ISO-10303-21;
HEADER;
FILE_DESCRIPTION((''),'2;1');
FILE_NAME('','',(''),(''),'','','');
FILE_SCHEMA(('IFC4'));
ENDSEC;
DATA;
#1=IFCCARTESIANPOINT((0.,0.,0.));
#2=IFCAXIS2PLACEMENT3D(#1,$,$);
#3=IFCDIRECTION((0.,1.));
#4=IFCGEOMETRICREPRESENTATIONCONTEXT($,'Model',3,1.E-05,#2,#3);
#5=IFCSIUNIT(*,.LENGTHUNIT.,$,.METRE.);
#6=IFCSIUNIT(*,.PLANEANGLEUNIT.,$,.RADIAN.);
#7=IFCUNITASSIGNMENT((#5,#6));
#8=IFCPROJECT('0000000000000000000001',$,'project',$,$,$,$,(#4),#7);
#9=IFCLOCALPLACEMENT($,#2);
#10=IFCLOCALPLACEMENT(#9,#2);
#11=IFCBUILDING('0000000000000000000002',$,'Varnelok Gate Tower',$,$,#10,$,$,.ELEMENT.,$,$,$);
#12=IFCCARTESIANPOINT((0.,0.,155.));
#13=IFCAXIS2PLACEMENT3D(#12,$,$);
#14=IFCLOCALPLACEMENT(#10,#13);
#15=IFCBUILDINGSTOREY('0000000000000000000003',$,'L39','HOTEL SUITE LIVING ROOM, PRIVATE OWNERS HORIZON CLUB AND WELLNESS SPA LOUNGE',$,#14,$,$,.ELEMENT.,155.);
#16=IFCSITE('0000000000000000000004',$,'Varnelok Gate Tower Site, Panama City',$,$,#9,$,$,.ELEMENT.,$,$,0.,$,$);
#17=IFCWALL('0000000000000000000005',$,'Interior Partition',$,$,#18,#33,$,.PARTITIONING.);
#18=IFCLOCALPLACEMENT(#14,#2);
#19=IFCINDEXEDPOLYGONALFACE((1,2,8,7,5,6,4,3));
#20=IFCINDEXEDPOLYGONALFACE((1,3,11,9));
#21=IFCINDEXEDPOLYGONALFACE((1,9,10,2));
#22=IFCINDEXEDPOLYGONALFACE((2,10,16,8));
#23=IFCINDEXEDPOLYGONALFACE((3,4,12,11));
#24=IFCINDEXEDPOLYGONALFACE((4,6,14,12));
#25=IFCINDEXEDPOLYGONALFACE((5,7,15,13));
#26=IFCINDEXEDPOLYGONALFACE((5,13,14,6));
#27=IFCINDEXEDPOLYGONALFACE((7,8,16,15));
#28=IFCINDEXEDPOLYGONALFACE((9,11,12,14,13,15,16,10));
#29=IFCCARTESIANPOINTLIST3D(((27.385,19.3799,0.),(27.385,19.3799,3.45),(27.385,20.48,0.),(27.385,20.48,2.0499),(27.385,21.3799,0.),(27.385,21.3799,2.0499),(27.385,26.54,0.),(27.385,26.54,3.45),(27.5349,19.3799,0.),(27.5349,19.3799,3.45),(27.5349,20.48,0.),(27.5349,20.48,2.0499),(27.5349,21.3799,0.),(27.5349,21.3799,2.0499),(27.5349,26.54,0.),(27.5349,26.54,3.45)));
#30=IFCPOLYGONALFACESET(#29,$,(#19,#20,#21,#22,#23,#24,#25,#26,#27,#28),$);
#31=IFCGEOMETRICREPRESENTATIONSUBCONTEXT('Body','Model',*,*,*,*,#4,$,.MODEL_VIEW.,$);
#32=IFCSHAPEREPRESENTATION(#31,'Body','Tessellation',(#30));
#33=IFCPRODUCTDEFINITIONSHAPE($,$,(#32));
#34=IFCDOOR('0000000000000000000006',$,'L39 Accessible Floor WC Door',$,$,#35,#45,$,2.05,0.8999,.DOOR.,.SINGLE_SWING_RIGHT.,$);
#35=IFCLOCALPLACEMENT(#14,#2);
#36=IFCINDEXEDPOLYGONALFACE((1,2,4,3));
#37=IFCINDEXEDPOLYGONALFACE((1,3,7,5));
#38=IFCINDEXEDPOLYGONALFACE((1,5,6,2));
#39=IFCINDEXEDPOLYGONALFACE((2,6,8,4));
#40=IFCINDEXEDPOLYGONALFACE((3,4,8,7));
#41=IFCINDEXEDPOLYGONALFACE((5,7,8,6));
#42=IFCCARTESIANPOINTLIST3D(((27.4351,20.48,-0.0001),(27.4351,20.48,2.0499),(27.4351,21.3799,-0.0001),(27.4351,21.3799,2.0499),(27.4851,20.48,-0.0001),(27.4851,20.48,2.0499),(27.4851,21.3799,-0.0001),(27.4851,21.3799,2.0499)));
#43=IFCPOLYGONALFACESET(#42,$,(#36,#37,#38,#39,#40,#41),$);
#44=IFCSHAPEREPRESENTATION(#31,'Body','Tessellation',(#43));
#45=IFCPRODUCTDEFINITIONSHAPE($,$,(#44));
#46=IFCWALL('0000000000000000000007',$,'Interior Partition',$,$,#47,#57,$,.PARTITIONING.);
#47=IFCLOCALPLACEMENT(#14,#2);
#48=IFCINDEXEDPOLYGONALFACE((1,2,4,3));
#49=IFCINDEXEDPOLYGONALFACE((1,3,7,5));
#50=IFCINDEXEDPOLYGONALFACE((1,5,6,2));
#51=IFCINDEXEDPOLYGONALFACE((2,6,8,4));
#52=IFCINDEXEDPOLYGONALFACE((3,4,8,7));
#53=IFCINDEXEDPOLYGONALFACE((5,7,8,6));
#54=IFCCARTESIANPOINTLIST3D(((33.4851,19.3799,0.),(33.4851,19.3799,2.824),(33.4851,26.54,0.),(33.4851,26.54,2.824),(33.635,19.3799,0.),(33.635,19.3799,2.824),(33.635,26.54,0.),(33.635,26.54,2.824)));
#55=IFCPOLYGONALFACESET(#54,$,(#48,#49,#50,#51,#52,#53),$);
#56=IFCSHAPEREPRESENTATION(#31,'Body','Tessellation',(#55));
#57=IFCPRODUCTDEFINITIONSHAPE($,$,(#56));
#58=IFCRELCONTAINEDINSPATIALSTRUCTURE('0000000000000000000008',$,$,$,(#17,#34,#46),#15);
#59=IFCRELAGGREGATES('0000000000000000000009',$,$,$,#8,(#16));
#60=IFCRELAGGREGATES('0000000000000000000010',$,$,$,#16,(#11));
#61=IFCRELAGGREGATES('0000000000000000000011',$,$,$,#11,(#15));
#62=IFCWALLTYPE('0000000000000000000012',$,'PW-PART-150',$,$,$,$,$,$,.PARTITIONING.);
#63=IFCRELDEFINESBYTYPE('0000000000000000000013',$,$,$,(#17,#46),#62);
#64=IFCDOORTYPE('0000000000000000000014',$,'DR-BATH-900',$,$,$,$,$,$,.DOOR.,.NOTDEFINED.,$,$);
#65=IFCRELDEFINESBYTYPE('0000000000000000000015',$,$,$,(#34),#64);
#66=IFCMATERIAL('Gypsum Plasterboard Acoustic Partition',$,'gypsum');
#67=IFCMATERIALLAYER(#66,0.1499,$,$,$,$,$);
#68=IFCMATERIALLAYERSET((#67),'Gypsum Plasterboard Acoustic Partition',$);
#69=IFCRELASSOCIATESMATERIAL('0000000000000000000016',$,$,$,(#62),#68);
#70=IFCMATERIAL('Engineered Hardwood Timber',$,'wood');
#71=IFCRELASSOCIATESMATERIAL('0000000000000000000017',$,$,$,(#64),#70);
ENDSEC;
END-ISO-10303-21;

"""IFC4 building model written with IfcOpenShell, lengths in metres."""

from ifc_helpers import new_model, si_unit, direction, frame, frame_2d, origin, place, context, subcontext, project, spatial, rectangle, extrude, material, layer, layer_set, type_object, element, fill, save


model = new_model("IFC4")

# Units and contexts
model_context = context("Model", 3, precision=1e-05, world=origin(), true_north=direction((0.0, 1.0)))
body_context = subcontext(model_context, "Body", "Model", "MODEL_VIEW")
ifc_project = project(units=[si_unit("LENGTHUNIT", "METRE"), si_unit("PLANEANGLEUNIT", "RADIAN")], contexts=[model_context])

# Site, building, storey
site_placement = place(None, origin())
site = spatial("IfcSite", under=ifc_project, at=site_placement, Name="Varnelok Gate Tower Site, Panama City", CompositionType="ELEMENT", RefElevation=0.0)
building_placement = place(site_placement, origin())
building = spatial("IfcBuilding", under=site, at=building_placement, Name="Varnelok Gate Tower", CompositionType="ELEMENT")
storey_placement = place(building_placement, frame((0.0, 0.0, 155.0)))
storey = spatial("IfcBuildingStorey", under=building, at=storey_placement, Name="L39", Description="HOTEL SUITE LIVING ROOM, PRIVATE OWNERS HORIZON CLUB AND WELLNESS SPA LOUNGE", CompositionType="ELEMENT", Elevation=155.0)

# Shared definitions
ifc_material_1 = material(Name="Gypsum Plasterboard Acoustic Partition", Category="gypsum")
ifc_material_2 = material(Name="Engineered Hardwood Timber", Category="wood")

# Shared definitions
ifc_layer_1 = layer(ifc_material_1, 0.1499)
ifc_layer_set_1 = layer_set([ifc_layer_1], Name="Gypsum Plasterboard Acoustic Partition")
wall_type_1 = type_object("IfcWallType", Name="PW-PART-150", PredefinedType="PARTITIONING", material=ifc_layer_set_1)

# Wall, opening, door
wall_1_placement = place(storey_placement, frame((27.46, 19.3799, 0.0), z_axis=(0.0, 0.0, 1.0), x_axis=(0.0, 1.0, 0.0)))
wall_1 = element("IfcWall", 1, at=wall_1_placement, inside=storey, type_object=wall_type_1, Name="Interior Partition", PredefinedType="PARTITIONING", context=body_context, shape_type="SweptSolid", body=[
    extrude(rectangle(XDim=7.1602, YDim=0.1499, at=frame_2d((3.5801, 0.0))), origin(), (0.0, 0.0, 1.0), 3.45),
])
opening_1_placement = place(wall_1_placement, frame((1.1001, 0.0, 0.0)))
opening_1 = element("IfcOpeningElement", 2, at=opening_1_placement, cuts=wall_1, PredefinedType="OPENING", context=body_context, shape_type="SweptSolid", body=[
    extrude(rectangle(XDim=0.8999, YDim=2.05, at=frame_2d((0.45, 1.0249))), frame((0.0, 0.085, 0.0), z_axis=(0.0, -1.0, 0.0), x_axis=(1.0, 0.0, 0.0)), (0.0, 0.0, 1.0), 0.1699),
])
door_type_1 = type_object("IfcDoorType", Name="DR-BATH-900", OperationType="NOTDEFINED", PredefinedType="DOOR", material=ifc_material_2)
door_1_placement = place(opening_1_placement, origin())
door_1 = element("IfcDoor", 3, at=door_1_placement, inside=storey, type_object=door_type_1, Name="L39 Accessible Floor WC Door", OperationType="SINGLE_SWING_RIGHT", OverallHeight=2.05, OverallWidth=0.8999, PredefinedType="DOOR", context=body_context, shape_type="SweptSolid", body=[
    extrude(rectangle(XDim=0.8999, YDim=2.05, at=frame_2d((0.45, 1.0249))), frame((0.0, 0.0249, 0.0), z_axis=(0.0, -1.0, 0.0), x_axis=(1.0, 0.0, 0.0)), (0.0, 0.0, 1.0), 0.05),
])
fill(opening_1, door_1)

# Wall
wall_2_placement = place(storey_placement, frame((33.5601, 19.3799, 0.0), z_axis=(0.0, 0.0, 1.0), x_axis=(0.0, 1.0, 0.0)))
element("IfcWall", 4, at=wall_2_placement, inside=storey, type_object=wall_type_1, Name="Interior Partition", PredefinedType="PARTITIONING", context=body_context, shape_type="SweptSolid", body=[
    extrude(rectangle(XDim=7.1602, YDim=0.1499, at=frame_2d((3.5801, 0.0))), origin(), (0.0, 0.0, 1.0), 2.824),
])

save(model, "model.ifc")
